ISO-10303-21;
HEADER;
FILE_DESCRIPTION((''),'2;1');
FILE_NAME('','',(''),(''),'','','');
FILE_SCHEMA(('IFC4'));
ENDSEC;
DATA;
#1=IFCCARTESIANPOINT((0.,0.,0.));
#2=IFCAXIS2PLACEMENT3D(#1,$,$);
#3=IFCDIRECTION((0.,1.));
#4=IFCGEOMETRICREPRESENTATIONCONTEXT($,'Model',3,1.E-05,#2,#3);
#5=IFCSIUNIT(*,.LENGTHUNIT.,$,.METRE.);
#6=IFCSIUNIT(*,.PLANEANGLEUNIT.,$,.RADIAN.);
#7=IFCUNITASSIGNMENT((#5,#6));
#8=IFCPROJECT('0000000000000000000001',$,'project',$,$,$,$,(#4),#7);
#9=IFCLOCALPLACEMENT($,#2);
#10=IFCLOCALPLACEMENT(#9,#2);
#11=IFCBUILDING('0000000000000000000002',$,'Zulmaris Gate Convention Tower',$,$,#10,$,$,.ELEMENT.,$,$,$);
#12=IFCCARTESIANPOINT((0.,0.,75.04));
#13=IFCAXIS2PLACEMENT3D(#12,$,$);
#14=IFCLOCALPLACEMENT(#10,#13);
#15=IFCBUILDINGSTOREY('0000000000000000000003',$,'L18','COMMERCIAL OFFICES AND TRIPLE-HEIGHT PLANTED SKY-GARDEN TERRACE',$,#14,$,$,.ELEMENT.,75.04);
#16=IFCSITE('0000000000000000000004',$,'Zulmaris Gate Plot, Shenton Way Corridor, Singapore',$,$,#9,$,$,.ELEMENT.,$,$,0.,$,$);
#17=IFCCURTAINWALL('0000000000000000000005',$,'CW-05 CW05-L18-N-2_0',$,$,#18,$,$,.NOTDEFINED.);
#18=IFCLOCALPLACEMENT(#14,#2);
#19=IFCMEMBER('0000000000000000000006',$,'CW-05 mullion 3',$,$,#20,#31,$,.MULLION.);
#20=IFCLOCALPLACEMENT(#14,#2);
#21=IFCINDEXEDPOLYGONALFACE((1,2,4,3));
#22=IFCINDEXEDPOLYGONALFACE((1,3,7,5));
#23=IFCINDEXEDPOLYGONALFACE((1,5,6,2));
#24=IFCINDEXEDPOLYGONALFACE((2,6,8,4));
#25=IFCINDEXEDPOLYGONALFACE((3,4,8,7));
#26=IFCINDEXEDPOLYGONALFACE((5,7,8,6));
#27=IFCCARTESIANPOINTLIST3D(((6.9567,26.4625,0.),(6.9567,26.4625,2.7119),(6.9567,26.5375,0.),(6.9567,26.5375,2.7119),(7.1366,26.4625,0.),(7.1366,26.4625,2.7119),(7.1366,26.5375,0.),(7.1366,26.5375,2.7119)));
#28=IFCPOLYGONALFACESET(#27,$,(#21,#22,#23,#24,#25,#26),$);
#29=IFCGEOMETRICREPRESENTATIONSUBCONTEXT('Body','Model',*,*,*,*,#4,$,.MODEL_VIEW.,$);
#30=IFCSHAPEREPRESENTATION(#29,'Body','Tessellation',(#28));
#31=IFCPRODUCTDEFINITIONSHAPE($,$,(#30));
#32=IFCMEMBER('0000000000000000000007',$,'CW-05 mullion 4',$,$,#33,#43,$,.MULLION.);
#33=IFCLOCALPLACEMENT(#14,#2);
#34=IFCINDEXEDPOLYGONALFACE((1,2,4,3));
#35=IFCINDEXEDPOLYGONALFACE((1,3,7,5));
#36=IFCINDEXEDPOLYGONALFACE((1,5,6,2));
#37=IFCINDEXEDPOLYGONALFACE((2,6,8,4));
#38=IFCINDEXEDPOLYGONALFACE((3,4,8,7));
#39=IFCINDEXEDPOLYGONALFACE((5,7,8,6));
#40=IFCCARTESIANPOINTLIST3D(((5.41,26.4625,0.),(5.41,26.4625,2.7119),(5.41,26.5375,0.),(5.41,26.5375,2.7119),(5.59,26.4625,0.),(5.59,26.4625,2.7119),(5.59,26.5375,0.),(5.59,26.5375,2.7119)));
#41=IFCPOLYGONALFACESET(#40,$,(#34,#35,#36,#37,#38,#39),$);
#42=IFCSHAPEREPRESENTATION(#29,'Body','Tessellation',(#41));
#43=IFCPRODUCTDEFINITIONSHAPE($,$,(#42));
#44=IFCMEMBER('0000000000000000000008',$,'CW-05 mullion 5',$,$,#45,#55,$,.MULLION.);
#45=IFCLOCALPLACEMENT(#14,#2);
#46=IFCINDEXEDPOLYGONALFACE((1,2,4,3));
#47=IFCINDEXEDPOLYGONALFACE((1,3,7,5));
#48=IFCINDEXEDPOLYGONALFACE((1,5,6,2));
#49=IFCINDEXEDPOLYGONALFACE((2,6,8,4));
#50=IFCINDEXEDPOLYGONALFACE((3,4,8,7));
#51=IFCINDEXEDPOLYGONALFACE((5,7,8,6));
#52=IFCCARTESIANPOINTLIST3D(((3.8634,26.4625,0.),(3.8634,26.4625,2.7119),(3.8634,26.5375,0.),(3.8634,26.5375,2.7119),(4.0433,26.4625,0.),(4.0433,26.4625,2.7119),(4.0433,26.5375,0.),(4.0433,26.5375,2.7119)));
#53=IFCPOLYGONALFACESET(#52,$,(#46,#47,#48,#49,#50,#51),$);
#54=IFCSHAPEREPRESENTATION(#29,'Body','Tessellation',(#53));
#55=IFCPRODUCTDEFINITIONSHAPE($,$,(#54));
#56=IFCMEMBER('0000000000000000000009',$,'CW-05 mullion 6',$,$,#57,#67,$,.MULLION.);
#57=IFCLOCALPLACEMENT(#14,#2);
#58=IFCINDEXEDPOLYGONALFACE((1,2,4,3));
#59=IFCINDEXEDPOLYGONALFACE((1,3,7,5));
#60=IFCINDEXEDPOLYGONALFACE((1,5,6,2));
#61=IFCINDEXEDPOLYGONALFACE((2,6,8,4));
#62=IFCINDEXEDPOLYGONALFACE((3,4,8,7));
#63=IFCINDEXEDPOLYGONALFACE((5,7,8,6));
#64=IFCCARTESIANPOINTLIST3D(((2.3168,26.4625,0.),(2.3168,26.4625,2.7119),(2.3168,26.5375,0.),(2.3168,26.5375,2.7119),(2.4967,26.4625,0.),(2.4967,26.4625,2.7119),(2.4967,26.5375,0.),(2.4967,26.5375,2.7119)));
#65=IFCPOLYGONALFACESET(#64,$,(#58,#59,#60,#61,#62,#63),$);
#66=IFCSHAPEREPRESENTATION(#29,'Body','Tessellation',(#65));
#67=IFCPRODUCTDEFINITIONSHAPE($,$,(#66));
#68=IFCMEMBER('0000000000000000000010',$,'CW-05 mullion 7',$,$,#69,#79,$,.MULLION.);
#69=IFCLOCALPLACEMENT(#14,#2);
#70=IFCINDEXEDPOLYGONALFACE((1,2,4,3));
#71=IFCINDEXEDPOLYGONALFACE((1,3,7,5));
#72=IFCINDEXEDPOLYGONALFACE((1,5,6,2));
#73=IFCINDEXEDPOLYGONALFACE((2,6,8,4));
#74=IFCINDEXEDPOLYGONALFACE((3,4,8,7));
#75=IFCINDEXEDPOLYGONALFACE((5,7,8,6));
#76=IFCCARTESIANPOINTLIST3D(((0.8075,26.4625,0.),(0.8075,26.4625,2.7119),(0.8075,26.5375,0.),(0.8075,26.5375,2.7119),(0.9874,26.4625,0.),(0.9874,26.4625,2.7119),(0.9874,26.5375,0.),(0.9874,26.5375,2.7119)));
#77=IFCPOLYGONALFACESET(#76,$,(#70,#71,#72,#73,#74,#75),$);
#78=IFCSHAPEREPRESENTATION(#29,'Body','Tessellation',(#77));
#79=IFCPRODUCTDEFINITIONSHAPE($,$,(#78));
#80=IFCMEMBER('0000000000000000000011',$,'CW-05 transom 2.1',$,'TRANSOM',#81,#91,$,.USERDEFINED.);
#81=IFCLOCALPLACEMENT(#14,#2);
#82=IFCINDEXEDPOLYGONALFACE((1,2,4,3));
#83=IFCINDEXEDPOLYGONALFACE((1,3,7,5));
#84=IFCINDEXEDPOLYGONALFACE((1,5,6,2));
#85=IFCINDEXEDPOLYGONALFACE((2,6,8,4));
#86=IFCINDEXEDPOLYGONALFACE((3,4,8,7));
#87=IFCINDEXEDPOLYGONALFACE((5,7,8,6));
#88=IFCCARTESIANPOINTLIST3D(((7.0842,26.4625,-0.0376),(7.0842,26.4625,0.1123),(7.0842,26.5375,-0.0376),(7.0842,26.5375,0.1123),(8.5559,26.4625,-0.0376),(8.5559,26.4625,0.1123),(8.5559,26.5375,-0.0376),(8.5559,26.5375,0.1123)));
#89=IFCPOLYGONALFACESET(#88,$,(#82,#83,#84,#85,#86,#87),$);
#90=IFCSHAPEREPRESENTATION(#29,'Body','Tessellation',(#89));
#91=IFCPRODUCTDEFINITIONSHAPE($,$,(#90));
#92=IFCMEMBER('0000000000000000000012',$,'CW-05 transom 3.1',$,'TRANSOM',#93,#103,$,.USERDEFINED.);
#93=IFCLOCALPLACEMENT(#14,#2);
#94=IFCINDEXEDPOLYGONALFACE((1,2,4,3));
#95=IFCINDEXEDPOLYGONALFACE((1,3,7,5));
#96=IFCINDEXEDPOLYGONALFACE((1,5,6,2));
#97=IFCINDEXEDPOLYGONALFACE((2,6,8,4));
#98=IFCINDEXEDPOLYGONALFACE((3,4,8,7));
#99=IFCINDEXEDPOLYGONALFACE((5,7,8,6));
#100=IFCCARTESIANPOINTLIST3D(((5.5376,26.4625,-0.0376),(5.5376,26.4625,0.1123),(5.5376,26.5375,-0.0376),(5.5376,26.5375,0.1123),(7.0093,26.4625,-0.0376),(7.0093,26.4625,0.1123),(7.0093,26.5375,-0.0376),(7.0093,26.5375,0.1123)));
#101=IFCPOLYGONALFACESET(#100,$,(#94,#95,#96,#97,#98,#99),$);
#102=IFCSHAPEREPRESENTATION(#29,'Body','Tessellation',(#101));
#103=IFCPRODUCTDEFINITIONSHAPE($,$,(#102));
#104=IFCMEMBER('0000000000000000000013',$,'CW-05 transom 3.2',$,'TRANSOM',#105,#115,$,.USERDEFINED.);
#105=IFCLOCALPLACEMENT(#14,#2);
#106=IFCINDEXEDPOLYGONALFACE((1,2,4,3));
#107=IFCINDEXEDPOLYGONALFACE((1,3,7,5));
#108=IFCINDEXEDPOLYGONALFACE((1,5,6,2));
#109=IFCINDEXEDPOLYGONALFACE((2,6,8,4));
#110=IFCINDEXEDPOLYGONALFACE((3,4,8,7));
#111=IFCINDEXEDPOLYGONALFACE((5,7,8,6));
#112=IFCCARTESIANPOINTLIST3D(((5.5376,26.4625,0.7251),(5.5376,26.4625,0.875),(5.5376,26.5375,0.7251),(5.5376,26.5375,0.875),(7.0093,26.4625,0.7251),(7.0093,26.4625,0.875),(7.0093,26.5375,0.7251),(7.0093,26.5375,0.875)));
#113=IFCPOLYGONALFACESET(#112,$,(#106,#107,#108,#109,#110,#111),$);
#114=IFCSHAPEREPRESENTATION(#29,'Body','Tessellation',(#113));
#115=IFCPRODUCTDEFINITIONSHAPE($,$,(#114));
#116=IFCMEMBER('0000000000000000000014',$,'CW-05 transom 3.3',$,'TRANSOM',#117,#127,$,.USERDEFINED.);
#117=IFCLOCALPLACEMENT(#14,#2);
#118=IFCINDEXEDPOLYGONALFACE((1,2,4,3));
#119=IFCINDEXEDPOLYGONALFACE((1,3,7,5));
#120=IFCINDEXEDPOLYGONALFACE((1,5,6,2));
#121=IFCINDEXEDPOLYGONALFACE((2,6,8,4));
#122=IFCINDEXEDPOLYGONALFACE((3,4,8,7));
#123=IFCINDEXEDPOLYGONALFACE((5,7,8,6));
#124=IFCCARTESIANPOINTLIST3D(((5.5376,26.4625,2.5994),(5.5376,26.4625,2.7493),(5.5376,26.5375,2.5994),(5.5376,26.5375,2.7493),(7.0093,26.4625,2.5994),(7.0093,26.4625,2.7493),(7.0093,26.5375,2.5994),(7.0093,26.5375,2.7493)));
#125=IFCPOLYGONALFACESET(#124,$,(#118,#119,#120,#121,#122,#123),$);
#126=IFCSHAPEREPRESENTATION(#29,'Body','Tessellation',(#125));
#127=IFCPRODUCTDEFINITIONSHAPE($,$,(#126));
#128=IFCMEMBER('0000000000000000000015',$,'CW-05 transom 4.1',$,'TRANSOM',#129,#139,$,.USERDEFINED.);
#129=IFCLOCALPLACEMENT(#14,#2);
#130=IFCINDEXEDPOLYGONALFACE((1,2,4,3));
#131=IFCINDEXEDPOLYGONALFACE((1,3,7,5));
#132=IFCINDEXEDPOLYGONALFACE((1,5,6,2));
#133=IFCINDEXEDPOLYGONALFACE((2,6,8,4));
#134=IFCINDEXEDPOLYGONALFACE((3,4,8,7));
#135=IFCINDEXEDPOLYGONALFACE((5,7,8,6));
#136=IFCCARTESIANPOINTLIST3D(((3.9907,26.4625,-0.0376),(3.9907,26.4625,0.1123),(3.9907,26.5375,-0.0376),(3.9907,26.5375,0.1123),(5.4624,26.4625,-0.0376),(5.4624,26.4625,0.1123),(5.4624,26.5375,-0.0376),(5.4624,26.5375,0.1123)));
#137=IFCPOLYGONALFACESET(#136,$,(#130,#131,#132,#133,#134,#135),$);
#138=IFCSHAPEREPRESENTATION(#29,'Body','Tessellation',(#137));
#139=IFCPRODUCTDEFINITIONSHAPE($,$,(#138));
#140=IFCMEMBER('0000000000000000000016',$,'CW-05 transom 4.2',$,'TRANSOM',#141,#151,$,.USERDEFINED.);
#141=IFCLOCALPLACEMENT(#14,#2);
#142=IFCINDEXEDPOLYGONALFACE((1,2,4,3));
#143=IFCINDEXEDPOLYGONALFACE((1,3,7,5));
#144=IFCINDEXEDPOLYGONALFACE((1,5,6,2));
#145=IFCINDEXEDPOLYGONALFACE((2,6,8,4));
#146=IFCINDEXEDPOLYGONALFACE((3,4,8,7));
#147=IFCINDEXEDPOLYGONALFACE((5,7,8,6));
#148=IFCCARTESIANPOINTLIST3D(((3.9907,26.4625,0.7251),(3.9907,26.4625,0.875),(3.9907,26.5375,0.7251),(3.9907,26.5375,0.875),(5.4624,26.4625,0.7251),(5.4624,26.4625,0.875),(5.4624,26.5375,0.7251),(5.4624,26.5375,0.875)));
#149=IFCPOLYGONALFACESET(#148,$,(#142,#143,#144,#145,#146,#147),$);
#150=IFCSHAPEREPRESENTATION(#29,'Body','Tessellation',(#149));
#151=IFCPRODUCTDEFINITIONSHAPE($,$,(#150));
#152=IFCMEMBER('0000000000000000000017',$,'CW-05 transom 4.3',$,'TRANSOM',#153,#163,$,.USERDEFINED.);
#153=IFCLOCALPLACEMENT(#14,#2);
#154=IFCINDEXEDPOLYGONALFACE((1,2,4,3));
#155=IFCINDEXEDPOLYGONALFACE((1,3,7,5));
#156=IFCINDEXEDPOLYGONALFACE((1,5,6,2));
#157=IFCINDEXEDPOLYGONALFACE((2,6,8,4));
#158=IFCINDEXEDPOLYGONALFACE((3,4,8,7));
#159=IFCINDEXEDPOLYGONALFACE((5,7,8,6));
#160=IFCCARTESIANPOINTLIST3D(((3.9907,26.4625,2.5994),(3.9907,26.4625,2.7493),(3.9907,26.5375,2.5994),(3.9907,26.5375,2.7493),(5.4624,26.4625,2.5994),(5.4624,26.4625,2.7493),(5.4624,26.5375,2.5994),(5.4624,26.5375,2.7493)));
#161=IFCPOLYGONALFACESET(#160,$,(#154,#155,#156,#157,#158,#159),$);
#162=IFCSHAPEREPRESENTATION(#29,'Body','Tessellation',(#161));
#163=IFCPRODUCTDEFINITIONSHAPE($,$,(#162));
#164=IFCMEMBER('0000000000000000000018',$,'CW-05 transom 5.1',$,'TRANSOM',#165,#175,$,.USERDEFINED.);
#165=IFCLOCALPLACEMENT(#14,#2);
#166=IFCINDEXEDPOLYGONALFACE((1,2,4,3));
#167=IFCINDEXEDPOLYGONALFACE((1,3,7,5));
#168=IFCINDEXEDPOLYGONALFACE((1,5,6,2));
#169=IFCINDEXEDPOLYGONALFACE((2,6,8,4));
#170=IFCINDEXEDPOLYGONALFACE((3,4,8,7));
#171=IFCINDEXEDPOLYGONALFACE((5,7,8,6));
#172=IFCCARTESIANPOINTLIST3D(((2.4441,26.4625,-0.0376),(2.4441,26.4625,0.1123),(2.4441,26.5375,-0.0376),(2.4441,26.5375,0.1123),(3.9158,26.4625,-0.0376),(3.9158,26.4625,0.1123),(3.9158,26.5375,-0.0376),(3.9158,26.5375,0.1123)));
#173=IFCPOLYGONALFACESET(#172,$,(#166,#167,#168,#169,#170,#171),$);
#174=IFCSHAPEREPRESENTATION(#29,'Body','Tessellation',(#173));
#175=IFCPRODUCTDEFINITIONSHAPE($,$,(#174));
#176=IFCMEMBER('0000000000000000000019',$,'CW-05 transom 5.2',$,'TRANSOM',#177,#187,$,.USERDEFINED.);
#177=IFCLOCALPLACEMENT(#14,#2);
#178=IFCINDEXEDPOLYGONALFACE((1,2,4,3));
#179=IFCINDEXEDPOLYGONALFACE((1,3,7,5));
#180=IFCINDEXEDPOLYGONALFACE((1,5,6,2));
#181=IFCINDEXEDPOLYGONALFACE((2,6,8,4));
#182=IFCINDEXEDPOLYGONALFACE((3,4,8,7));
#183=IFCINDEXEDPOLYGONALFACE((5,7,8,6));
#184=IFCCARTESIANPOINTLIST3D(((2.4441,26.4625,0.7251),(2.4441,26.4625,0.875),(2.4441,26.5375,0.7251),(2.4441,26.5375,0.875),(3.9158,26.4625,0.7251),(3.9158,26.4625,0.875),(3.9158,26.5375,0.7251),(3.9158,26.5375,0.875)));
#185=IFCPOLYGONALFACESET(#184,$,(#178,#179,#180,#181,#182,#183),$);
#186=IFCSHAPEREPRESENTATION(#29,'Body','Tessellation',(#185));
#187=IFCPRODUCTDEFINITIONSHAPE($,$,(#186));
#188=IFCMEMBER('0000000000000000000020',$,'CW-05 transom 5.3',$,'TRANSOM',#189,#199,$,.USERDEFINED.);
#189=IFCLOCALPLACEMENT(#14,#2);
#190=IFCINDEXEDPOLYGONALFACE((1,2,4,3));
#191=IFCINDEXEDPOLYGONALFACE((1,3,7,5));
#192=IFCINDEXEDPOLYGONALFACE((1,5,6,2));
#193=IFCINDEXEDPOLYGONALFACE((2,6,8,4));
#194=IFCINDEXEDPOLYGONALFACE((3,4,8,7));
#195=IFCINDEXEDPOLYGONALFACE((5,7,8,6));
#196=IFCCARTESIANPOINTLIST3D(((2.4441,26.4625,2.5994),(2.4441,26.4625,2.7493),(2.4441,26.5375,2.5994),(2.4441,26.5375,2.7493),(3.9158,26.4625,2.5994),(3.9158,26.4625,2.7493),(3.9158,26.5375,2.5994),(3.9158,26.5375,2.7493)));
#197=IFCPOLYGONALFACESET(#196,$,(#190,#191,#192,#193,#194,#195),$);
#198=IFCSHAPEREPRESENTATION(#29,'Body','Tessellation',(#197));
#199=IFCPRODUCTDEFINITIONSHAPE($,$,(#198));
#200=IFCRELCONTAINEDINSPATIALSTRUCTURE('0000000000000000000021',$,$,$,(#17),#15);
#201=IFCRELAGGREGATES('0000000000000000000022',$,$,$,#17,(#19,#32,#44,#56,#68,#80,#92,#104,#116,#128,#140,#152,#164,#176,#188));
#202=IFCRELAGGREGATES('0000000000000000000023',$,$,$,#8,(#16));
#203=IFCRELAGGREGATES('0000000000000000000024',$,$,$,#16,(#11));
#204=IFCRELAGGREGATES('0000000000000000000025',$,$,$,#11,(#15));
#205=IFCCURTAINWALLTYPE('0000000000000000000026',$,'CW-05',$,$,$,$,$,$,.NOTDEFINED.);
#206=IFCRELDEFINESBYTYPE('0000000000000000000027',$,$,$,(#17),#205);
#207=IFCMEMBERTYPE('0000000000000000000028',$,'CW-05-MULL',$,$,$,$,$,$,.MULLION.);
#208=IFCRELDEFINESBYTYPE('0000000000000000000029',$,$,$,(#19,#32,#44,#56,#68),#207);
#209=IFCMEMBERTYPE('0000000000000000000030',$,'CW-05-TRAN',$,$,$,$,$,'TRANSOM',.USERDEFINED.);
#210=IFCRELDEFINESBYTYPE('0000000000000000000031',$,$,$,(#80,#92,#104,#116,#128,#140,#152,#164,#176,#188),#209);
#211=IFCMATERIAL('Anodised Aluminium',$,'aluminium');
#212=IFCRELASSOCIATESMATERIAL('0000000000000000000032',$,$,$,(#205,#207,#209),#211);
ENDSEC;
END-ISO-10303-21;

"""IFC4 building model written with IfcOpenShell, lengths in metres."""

from ifc_helpers import new_model, si_unit, direction, frame, origin, origin_2d, place, context, subcontext, project, spatial, rectangle, extrude, material, material_profile, profile_set, type_object, element, aggregate, save


model = new_model("IFC4")

# Units and contexts
model_context = context("Model", 3, precision=1e-05, world=origin(), true_north=direction((0.0, 1.0)))
body_context = subcontext(model_context, "Body", "Model", "MODEL_VIEW")
ifc_project = project(units=[si_unit("LENGTHUNIT", "METRE"), si_unit("PLANEANGLEUNIT", "RADIAN")], contexts=[model_context])

# Site, building, storey
site_placement = place(None, origin())
site = spatial("IfcSite", under=ifc_project, at=site_placement, Name="Zulmaris Gate Plot, Shenton Way Corridor, Singapore", CompositionType="ELEMENT", RefElevation=0.0)
building_placement = place(site_placement, origin())
building = spatial("IfcBuilding", under=site, at=building_placement, Name="Zulmaris Gate Convention Tower", CompositionType="ELEMENT")
storey_placement = place(building_placement, frame((0.0, 0.0, 75.04)))
storey = spatial("IfcBuildingStorey", under=building, at=storey_placement, Name="L18", Description="COMMERCIAL OFFICES AND TRIPLE-HEIGHT PLANTED SKY-GARDEN TERRACE", CompositionType="ELEMENT", Elevation=75.04)

# Curtain wall, members
ifc_material_1 = material(Name="Anodised Aluminium", Category="aluminium")
curtain_wall_type = type_object("IfcCurtainWallType", Name="CW-05", PredefinedType="NOTDEFINED", material=ifc_material_1)
curtain_wall_placement = place(storey_placement, origin())
curtain_wall = element("IfcCurtainWall", 1, at=curtain_wall_placement, inside=storey, type_object=curtain_wall_type, Name="CW-05 CW05-L18-N-2_0", PredefinedType="NOTDEFINED")
ifc_material_profile_1 = material_profile(ifc_material_1, rectangle(XDim=0.075, YDim=0.1799, at=origin_2d()), Name="ALU MULLION 75x180")
ifc_profile_set_1 = profile_set([ifc_material_profile_1], Name="Anodised Aluminium")
member_type_1 = type_object("IfcMemberType", Name="CW-05-MULL", PredefinedType="MULLION", material=ifc_profile_set_1)
member_1_placement = place(storey_placement, frame((7.0466, 26.5, 0.0), z_axis=(0.0, 0.0, 1.0), x_axis=(0.0, -1.0, 0.0)))
member_1 = element("IfcMember", 2, at=member_1_placement, type_object=member_type_1, Name="CW-05 mullion 3", PredefinedType="MULLION", context=body_context, shape_type="SweptSolid", body=[
    extrude(rectangle(XDim=0.075, YDim=0.1799, at=origin_2d()), origin(), (0.0, 0.0, 1.0), 2.7119),
])
member_2_placement = place(storey_placement, frame((5.5, 26.5, 0.0), z_axis=(0.0, 0.0, 1.0), x_axis=(0.0, -1.0, 0.0)))
member_2 = element("IfcMember", 3, at=member_2_placement, type_object=member_type_1, Name="CW-05 mullion 4", PredefinedType="MULLION", context=body_context, shape_type="SweptSolid", body=[
    extrude(rectangle(XDim=0.075, YDim=0.1799, at=origin_2d()), origin(), (0.0, 0.0, 1.0), 2.7119),
])
member_3_placement = place(storey_placement, frame((3.9534, 26.5, 0.0), z_axis=(0.0, 0.0, 1.0), x_axis=(0.0, -1.0, 0.0)))
member_3 = element("IfcMember", 4, at=member_3_placement, type_object=member_type_1, Name="CW-05 mullion 5", PredefinedType="MULLION", context=body_context, shape_type="SweptSolid", body=[
    extrude(rectangle(XDim=0.075, YDim=0.1799, at=origin_2d()), origin(), (0.0, 0.0, 1.0), 2.7119),
])
member_4_placement = place(storey_placement, frame((2.4067, 26.5, 0.0), z_axis=(0.0, 0.0, 1.0), x_axis=(0.0, -1.0, 0.0)))
member_4 = element("IfcMember", 5, at=member_4_placement, type_object=member_type_1, Name="CW-05 mullion 6", PredefinedType="MULLION", context=body_context, shape_type="SweptSolid", body=[
    extrude(rectangle(XDim=0.075, YDim=0.1799, at=origin_2d()), origin(), (0.0, 0.0, 1.0), 2.7119),
])
member_5_placement = place(storey_placement, frame((0.8975, 26.5, 0.0), z_axis=(0.0, 0.0, 1.0), x_axis=(0.0, -1.0, 0.0)))
member_5 = element("IfcMember", 6, at=member_5_placement, type_object=member_type_1, Name="CW-05 mullion 7", PredefinedType="MULLION", context=body_context, shape_type="SweptSolid", body=[
    extrude(rectangle(XDim=0.075, YDim=0.1799, at=origin_2d()), origin(), (0.0, 0.0, 1.0), 2.7119),
])
ifc_material_profile_2 = material_profile(ifc_material_1, rectangle(XDim=0.075, YDim=0.1499, at=origin_2d()), Name="ALU TRANSOM 75x150")
ifc_profile_set_2 = profile_set([ifc_material_profile_2], Name="Anodised Aluminium")
member_type_2 = type_object("IfcMemberType", Name="CW-05-TRAN", ElementType="TRANSOM", PredefinedType="USERDEFINED", material=ifc_profile_set_2)
member_6_placement = place(storey_placement, frame((8.5559, 26.5, 0.0374), z_axis=(-1.0, 0.0, 0.0), x_axis=(0.0, -1.0, 0.0)))
member_6 = element("IfcMember", 7, at=member_6_placement, type_object=member_type_2, Name="CW-05 transom 2.1", ObjectType="TRANSOM", PredefinedType="USERDEFINED", context=body_context, shape_type="SweptSolid", body=[
    extrude(rectangle(XDim=0.075, YDim=0.1499, at=origin_2d()), origin(), (0.0, 0.0, 1.0), 1.4717),
])
member_7_placement = place(storey_placement, frame((7.0093, 26.5, 0.0374), z_axis=(-1.0, 0.0, 0.0), x_axis=(0.0, -1.0, 0.0)))
member_7 = element("IfcMember", 8, at=member_7_placement, type_object=member_type_2, Name="CW-05 transom 3.1", ObjectType="TRANSOM", PredefinedType="USERDEFINED", context=body_context, shape_type="SweptSolid", body=[
    extrude(rectangle(XDim=0.075, YDim=0.1499, at=origin_2d()), origin(), (0.0, 0.0, 1.0), 1.4717),
])
member_8_placement = place(storey_placement, frame((7.0093, 26.5, 0.8), z_axis=(-1.0, 0.0, 0.0), x_axis=(0.0, -1.0, 0.0)))
member_8 = element("IfcMember", 9, at=member_8_placement, type_object=member_type_2, Name="CW-05 transom 3.2", ObjectType="TRANSOM", PredefinedType="USERDEFINED", context=body_context, shape_type="SweptSolid", body=[
    extrude(rectangle(XDim=0.075, YDim=0.1499, at=origin_2d()), origin(), (0.0, 0.0, 1.0), 1.4717),
])
member_9_placement = place(storey_placement, frame((7.0093, 26.5, 2.6743), z_axis=(-1.0, 0.0, 0.0), x_axis=(0.0, -1.0, 0.0)))
member_9 = element("IfcMember", 10, at=member_9_placement, type_object=member_type_2, Name="CW-05 transom 3.3", ObjectType="TRANSOM", PredefinedType="USERDEFINED", context=body_context, shape_type="SweptSolid", body=[
    extrude(rectangle(XDim=0.075, YDim=0.1499, at=origin_2d()), origin(), (0.0, 0.0, 1.0), 1.4717),
])
member_10_placement = place(storey_placement, frame((5.4624, 26.5, 0.0374), z_axis=(-1.0, 0.0, 0.0), x_axis=(0.0, -1.0, 0.0)))
member_10 = element("IfcMember", 11, at=member_10_placement, type_object=member_type_2, Name="CW-05 transom 4.1", ObjectType="TRANSOM", PredefinedType="USERDEFINED", context=body_context, shape_type="SweptSolid", body=[
    extrude(rectangle(XDim=0.075, YDim=0.1499, at=origin_2d()), origin(), (0.0, 0.0, 1.0), 1.4717),
])
member_11_placement = place(storey_placement, frame((5.4624, 26.5, 0.8), z_axis=(-1.0, 0.0, 0.0), x_axis=(0.0, -1.0, 0.0)))
member_11 = element("IfcMember", 12, at=member_11_placement, type_object=member_type_2, Name="CW-05 transom 4.2", ObjectType="TRANSOM", PredefinedType="USERDEFINED", context=body_context, shape_type="SweptSolid", body=[
    extrude(rectangle(XDim=0.075, YDim=0.1499, at=origin_2d()), origin(), (0.0, 0.0, 1.0), 1.4717),
])
member_12_placement = place(storey_placement, frame((5.4624, 26.5, 2.6743), z_axis=(-1.0, 0.0, 0.0), x_axis=(0.0, -1.0, 0.0)))
member_12 = element("IfcMember", 13, at=member_12_placement, type_object=member_type_2, Name="CW-05 transom 4.3", ObjectType="TRANSOM", PredefinedType="USERDEFINED", context=body_context, shape_type="SweptSolid", body=[
    extrude(rectangle(XDim=0.075, YDim=0.1499, at=origin_2d()), origin(), (0.0, 0.0, 1.0), 1.4717),
])
member_13_placement = place(storey_placement, frame((3.9158, 26.5, 0.0374), z_axis=(-1.0, 0.0, 0.0), x_axis=(0.0, -1.0, 0.0)))
member_13 = element("IfcMember", 14, at=member_13_placement, type_object=member_type_2, Name="CW-05 transom 5.1", ObjectType="TRANSOM", PredefinedType="USERDEFINED", context=body_context, shape_type="SweptSolid", body=[
    extrude(rectangle(XDim=0.075, YDim=0.1499, at=origin_2d()), origin(), (0.0, 0.0, 1.0), 1.4717),
])
member_14_placement = place(storey_placement, frame((3.9158, 26.5, 0.8), z_axis=(-1.0, 0.0, 0.0), x_axis=(0.0, -1.0, 0.0)))
member_14 = element("IfcMember", 15, at=member_14_placement, type_object=member_type_2, Name="CW-05 transom 5.2", ObjectType="TRANSOM", PredefinedType="USERDEFINED", context=body_context, shape_type="SweptSolid", body=[
    extrude(rectangle(XDim=0.075, YDim=0.1499, at=origin_2d()), origin(), (0.0, 0.0, 1.0), 1.4717),
])
member_15_placement = place(storey_placement, frame((3.9158, 26.5, 2.6743), z_axis=(-1.0, 0.0, 0.0), x_axis=(0.0, -1.0, 0.0)))
member_15 = element("IfcMember", 16, at=member_15_placement, type_object=member_type_2, Name="CW-05 transom 5.3", ObjectType="TRANSOM", PredefinedType="USERDEFINED", context=body_context, shape_type="SweptSolid", body=[
    extrude(rectangle(XDim=0.075, YDim=0.1499, at=origin_2d()), origin(), (0.0, 0.0, 1.0), 1.4717),
])
aggregate(curtain_wall, [member_1, member_2, member_3, member_4, member_5, member_6, member_7, member_8, member_9, member_10, member_11, member_12, member_13, member_14, member_15])

save(model, "model.ifc")
